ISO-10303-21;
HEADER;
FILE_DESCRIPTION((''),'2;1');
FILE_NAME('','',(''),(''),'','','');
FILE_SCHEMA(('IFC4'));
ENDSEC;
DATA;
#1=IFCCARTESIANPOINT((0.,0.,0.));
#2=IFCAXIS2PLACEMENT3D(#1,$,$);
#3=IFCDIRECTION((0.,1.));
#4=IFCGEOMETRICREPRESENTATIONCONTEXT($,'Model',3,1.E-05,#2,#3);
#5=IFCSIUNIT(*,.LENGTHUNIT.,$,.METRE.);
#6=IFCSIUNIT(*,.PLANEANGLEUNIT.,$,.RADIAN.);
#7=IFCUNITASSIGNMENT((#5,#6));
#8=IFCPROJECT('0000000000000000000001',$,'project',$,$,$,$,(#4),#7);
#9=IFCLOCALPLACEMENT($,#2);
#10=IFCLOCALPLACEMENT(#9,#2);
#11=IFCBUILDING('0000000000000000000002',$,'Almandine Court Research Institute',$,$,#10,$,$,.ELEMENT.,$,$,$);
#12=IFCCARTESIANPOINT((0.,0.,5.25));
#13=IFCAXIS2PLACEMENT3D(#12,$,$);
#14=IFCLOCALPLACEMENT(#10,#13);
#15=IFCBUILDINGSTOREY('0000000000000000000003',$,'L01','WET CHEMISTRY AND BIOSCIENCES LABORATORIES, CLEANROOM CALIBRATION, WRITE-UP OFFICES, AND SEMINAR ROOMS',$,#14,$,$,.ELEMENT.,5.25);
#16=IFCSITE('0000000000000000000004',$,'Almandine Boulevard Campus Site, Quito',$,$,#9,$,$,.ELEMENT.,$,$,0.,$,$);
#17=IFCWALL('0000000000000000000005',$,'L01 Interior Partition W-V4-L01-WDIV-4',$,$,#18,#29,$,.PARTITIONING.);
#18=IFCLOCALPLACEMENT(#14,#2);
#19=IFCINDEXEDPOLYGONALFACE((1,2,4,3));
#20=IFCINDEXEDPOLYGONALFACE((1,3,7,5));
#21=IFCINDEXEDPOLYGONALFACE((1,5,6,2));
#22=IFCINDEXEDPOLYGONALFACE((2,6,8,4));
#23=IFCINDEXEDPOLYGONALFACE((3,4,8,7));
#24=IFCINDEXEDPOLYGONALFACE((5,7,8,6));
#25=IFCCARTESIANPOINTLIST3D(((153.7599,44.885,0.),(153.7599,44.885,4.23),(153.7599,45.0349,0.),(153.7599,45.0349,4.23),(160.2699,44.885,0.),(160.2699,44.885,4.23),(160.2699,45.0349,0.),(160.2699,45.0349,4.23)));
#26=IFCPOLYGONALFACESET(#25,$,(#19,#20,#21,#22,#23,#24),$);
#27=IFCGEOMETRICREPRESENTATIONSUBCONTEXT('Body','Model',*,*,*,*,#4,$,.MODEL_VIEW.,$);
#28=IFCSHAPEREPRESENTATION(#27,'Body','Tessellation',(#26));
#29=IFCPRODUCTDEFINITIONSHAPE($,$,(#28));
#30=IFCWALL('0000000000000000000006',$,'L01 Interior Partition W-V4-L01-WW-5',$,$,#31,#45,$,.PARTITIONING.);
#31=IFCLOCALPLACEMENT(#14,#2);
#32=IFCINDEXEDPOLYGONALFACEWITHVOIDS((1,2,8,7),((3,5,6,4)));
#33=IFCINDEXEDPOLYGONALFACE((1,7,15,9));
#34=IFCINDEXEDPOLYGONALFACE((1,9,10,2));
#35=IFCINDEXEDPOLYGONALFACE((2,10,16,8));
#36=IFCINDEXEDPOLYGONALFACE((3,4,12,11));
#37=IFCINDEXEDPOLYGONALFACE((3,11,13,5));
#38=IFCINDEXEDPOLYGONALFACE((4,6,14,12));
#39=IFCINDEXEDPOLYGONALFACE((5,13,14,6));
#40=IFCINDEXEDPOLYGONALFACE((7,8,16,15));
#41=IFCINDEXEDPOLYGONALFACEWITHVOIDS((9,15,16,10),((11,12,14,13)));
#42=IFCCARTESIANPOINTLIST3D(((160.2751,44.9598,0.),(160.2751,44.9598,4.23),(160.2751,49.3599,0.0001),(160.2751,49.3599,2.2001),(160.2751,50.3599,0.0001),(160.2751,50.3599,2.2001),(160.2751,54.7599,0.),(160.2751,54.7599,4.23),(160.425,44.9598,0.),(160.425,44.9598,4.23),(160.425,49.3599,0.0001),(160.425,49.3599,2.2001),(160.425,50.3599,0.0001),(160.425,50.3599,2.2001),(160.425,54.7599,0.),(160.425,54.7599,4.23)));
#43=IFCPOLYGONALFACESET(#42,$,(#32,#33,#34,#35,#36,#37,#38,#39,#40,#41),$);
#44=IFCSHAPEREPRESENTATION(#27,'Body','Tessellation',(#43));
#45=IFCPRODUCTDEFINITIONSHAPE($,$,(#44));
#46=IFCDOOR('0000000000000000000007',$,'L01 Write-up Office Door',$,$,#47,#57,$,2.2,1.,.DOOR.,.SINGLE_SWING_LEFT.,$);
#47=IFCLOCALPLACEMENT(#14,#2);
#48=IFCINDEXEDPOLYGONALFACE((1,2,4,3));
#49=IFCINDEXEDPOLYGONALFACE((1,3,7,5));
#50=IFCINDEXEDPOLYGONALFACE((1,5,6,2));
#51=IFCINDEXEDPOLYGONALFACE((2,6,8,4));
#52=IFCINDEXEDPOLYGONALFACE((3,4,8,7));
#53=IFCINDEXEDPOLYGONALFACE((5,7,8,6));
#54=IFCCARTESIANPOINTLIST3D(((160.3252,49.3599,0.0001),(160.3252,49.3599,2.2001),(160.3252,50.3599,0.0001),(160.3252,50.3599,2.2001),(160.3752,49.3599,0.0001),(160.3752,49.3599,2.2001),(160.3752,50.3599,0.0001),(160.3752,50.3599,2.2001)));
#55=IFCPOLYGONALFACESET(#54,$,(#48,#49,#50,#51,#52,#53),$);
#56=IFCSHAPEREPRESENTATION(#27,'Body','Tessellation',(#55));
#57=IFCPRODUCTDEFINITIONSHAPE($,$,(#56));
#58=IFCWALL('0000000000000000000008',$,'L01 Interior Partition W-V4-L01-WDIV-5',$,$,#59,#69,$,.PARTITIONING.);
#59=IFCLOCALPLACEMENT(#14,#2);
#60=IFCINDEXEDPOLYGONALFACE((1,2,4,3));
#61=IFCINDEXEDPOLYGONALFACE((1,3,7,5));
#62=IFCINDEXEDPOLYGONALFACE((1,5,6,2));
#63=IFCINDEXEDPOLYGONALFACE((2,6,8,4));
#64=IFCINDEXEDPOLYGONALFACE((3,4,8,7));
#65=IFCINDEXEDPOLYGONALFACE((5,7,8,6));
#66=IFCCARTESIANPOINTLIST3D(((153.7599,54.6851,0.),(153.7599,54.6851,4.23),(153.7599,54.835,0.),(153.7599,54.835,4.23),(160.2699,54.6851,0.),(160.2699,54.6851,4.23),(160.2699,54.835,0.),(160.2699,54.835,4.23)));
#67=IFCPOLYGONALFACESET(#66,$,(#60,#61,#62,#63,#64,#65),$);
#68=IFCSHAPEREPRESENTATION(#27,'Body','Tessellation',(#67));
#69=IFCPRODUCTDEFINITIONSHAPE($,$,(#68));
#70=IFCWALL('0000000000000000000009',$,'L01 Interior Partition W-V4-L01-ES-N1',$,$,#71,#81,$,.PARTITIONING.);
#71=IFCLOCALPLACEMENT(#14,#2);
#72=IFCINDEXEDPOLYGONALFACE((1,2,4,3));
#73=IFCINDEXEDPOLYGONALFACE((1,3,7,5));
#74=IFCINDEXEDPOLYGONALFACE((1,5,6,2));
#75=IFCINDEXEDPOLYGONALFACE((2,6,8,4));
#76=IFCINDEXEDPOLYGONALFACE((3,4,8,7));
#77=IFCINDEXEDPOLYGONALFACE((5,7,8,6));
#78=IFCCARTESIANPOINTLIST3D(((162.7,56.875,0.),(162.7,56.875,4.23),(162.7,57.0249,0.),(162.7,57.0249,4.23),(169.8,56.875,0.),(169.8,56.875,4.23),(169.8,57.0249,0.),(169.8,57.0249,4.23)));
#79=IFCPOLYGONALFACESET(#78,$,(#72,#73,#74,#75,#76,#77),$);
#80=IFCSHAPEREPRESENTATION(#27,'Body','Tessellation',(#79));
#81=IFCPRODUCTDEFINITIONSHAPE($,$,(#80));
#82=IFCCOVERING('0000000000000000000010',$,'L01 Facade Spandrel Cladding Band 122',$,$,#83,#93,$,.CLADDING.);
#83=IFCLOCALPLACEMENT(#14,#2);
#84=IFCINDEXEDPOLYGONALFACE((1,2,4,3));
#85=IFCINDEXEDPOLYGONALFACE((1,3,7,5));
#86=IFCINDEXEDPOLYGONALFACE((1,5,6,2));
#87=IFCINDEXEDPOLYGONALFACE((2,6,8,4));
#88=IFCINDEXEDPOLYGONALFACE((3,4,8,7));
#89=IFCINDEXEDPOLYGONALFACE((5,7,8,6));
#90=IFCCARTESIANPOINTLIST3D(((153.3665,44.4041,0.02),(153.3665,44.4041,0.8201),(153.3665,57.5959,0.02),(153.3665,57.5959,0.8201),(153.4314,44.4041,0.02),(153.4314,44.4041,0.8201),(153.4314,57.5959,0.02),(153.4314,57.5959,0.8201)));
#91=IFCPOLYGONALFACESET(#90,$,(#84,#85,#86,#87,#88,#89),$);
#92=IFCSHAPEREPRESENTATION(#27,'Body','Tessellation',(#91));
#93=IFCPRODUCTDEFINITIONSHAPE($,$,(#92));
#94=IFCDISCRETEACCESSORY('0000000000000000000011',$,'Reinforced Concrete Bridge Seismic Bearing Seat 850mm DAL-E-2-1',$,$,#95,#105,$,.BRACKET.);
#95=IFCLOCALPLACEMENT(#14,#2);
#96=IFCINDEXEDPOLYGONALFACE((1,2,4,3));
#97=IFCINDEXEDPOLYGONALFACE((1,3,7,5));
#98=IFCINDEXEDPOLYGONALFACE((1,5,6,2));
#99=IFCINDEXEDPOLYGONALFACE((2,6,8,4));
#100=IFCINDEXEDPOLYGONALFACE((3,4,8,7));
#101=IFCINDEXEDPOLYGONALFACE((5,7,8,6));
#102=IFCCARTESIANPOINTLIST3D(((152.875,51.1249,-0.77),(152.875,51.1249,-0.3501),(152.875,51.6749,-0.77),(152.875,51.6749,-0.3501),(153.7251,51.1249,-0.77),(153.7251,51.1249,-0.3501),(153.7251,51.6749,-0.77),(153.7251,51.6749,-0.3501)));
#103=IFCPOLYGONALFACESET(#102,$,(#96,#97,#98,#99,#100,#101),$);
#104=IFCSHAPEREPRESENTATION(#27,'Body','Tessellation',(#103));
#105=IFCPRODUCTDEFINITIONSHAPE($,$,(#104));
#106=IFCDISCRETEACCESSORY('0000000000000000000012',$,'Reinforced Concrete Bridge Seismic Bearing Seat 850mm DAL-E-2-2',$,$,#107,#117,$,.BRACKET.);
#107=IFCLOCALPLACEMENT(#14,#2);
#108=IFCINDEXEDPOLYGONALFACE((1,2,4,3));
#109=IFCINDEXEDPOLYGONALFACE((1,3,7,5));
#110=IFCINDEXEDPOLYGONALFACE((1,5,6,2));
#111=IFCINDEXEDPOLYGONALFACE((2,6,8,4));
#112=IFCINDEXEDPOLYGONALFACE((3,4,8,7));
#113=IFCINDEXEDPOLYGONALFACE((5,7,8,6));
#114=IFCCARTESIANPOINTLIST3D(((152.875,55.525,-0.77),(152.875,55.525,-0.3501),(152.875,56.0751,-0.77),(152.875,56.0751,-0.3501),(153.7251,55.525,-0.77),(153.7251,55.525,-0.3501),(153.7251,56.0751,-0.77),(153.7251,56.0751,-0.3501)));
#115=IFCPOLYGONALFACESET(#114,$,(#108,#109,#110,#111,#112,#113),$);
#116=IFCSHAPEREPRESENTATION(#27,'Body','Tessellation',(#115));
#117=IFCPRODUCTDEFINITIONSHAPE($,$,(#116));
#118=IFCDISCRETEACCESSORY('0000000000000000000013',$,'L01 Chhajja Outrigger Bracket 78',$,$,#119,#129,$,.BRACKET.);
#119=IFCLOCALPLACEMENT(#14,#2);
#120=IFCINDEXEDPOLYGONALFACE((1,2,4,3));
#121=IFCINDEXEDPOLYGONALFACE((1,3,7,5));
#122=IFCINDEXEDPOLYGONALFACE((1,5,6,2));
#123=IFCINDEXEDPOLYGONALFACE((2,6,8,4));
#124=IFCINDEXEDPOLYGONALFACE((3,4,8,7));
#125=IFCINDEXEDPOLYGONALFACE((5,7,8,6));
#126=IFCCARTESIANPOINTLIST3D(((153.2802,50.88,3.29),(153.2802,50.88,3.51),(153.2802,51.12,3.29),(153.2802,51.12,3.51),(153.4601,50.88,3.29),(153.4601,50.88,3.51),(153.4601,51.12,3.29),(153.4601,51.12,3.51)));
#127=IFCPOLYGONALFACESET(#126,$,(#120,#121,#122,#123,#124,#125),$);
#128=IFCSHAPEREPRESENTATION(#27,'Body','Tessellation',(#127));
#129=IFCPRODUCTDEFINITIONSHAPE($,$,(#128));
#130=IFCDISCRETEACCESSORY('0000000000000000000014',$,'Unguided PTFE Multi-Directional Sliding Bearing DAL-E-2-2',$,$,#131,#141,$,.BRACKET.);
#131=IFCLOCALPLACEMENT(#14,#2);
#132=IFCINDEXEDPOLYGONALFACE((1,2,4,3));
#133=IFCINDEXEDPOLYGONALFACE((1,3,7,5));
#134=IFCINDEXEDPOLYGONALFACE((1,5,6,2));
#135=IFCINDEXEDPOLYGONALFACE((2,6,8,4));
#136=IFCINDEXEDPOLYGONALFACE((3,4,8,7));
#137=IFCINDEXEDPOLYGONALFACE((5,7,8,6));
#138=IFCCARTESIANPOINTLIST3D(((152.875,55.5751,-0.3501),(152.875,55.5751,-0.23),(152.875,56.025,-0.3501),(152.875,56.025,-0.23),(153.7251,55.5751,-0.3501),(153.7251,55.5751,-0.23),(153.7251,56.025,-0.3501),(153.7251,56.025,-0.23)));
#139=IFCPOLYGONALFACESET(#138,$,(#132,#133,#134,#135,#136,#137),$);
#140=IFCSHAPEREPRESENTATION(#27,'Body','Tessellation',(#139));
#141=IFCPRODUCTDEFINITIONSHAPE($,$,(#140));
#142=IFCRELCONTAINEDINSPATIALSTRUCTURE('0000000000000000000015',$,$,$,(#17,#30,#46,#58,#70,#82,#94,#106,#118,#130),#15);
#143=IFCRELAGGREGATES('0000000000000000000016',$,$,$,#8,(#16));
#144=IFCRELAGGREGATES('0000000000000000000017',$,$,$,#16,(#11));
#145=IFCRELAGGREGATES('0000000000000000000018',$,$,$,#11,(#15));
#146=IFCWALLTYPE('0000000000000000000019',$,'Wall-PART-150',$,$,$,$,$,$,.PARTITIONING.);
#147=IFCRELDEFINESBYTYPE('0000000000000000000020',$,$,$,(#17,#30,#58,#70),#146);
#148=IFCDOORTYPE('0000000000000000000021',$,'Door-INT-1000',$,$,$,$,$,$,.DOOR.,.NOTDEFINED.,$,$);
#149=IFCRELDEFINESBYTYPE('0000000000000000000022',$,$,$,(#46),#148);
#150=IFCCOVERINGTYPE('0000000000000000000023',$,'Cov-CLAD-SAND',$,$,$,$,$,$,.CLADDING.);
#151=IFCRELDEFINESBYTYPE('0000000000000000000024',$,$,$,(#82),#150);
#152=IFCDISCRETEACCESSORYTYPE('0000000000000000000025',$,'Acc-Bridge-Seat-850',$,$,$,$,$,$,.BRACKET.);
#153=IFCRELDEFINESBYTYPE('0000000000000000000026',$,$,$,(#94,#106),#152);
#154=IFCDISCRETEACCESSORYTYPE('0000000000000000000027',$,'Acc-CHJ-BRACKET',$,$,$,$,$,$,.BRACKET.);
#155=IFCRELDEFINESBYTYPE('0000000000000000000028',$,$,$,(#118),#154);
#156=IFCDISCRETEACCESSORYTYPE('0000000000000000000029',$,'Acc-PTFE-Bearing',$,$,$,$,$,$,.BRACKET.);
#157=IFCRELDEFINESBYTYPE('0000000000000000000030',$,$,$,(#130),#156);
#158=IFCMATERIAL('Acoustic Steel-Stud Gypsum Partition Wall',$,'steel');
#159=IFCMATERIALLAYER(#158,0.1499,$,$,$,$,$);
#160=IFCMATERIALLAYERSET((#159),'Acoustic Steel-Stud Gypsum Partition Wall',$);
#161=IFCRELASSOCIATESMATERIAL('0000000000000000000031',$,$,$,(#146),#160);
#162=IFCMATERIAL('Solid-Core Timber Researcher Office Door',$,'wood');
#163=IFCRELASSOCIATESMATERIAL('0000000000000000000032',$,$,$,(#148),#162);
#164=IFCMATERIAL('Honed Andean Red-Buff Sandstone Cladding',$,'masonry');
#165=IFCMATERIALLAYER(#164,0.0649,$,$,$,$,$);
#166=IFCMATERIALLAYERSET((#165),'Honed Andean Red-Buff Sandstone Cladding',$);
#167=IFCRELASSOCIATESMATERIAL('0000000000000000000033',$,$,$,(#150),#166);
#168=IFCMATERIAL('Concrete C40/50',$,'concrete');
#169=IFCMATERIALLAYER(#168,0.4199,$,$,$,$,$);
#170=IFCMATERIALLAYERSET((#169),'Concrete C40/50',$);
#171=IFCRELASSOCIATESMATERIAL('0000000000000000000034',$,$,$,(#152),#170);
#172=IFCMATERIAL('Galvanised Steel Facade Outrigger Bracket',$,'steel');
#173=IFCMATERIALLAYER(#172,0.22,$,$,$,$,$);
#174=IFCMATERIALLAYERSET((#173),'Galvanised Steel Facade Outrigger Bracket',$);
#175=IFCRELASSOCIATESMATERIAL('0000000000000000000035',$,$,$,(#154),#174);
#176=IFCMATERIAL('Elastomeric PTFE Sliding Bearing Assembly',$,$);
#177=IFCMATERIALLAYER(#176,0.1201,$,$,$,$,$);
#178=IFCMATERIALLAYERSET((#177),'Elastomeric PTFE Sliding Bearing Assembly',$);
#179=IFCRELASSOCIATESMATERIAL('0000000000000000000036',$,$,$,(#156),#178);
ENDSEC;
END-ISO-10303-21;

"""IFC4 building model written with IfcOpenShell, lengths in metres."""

from ifc_helpers import new_model, si_unit, direction, frame, frame_2d, origin, origin_2d, place, context, subcontext, project, spatial, rectangle, extrude, material, layer, layer_set, type_object, element, fill, save


model = new_model("IFC4")

# Units and contexts
model_context = context("Model", 3, precision=1e-05, world=origin(), true_north=direction((0.0, 1.0)))
body_context = subcontext(model_context, "Body", "Model", "MODEL_VIEW")
ifc_project = project(units=[si_unit("LENGTHUNIT", "METRE"), si_unit("PLANEANGLEUNIT", "RADIAN")], contexts=[model_context])

# Site, building, storey
site_placement = place(None, origin())
site = spatial("IfcSite", under=ifc_project, at=site_placement, Name="Almandine Boulevard Campus Site, Quito", CompositionType="ELEMENT", RefElevation=0.0)
building_placement = place(site_placement, origin())
building = spatial("IfcBuilding", under=site, at=building_placement, Name="Almandine Court Research Institute", CompositionType="ELEMENT")
storey_placement = place(building_placement, frame((0.0, 0.0, 5.25)))
storey = spatial("IfcBuildingStorey", under=building, at=storey_placement, Name="L01", Description="WET CHEMISTRY AND BIOSCIENCES LABORATORIES, CLEANROOM CALIBRATION, WRITE-UP OFFICES, AND SEMINAR ROOMS", CompositionType="ELEMENT", Elevation=5.25)

# Wall
ifc_material_1 = material(Name="Acoustic Steel-Stud Gypsum Partition Wall", Category="steel")
ifc_layer_1 = layer(ifc_material_1, 0.1499)
ifc_layer_set_1 = layer_set([ifc_layer_1], Name="Acoustic Steel-Stud Gypsum Partition Wall")
wall_type_1 = type_object("IfcWallType", Name="Wall-PART-150", PredefinedType="PARTITIONING", material=ifc_layer_set_1)
wall_1_placement = place(storey_placement, frame((153.76, 44.96, 0.0), z_axis=(0.0, 0.0, 1.0), x_axis=(1.0, 0.0, 0.0)))
element("IfcWall", 1, at=wall_1_placement, inside=storey, type_object=wall_type_1, Name="L01 Interior Partition W-V4-L01-WDIV-4", PredefinedType="PARTITIONING", context=body_context, shape_type="SweptSolid", body=[
    extrude(rectangle(XDim=6.51, YDim=0.1499, at=frame_2d((3.2549, 0.0))), origin(), (0.0, 0.0, 1.0), 4.23),
])

# Wall, opening, door
wall_2_placement = place(storey_placement, frame((160.3501, 44.96, 0.0), z_axis=(0.0, 0.0, 1.0), x_axis=(0.0, 1.0, 0.0)))
wall_2 = element("IfcWall", 2, at=wall_2_placement, inside=storey, type_object=wall_type_1, Name="L01 Interior Partition W-V4-L01-WW-5", PredefinedType="PARTITIONING", context=body_context, shape_type="SweptSolid", body=[
    extrude(rectangle(XDim=9.8, YDim=0.1499, at=frame_2d((4.8999, 0.0))), origin(), (0.0, 0.0, 1.0), 4.23),
])
opening_1_placement = place(wall_2_placement, frame((4.3999, 0.0, 0.0)))
opening_1 = element("IfcOpeningElement", 3, at=opening_1_placement, cuts=wall_2, PredefinedType="OPENING", context=body_context, shape_type="SweptSolid", body=[
    extrude(rectangle(XDim=1.0, YDim=2.2, at=frame_2d((0.5, 1.1001))), frame((0.0, 0.085, 0.0), z_axis=(0.0, -1.0, 0.0), x_axis=(1.0, 0.0, 0.0)), (0.0, 0.0, 1.0), 0.1699),
])
ifc_material_2 = material(Name="Solid-Core Timber Researcher Office Door", Category="wood")
door_type_1 = type_object("IfcDoorType", Name="Door-INT-1000", OperationType="NOTDEFINED", PredefinedType="DOOR", material=ifc_material_2)
door_1_placement = place(opening_1_placement, origin())
door_1 = element("IfcDoor", 4, at=door_1_placement, inside=storey, type_object=door_type_1, Name="L01 Write-up Office Door", OperationType="SINGLE_SWING_LEFT", OverallHeight=2.2, OverallWidth=1.0, PredefinedType="DOOR", context=body_context, shape_type="SweptSolid", body=[
    extrude(rectangle(XDim=1.0, YDim=2.2, at=frame_2d((0.5, 1.1001))), frame((0.0, 0.0249, 0.0), z_axis=(0.0, -1.0, 0.0), x_axis=(1.0, 0.0, 0.0)), (0.0, 0.0, 1.0), 0.05),
])
fill(opening_1, door_1)

# Walls
wall_3_placement = place(storey_placement, frame((153.76, 54.76, 0.0), z_axis=(0.0, 0.0, 1.0), x_axis=(1.0, 0.0, 0.0)))
element("IfcWall", 5, at=wall_3_placement, inside=storey, type_object=wall_type_1, Name="L01 Interior Partition W-V4-L01-WDIV-5", PredefinedType="PARTITIONING", context=body_context, shape_type="SweptSolid", body=[
    extrude(rectangle(XDim=6.51, YDim=0.1499, at=frame_2d((3.2549, 0.0))), origin(), (0.0, 0.0, 1.0), 4.23),
])
wall_4_placement = place(storey_placement, frame((162.7, 56.95, 0.0), z_axis=(0.0, 0.0, 1.0), x_axis=(1.0, 0.0, 0.0)))
element("IfcWall", 6, at=wall_4_placement, inside=storey, type_object=wall_type_1, Name="L01 Interior Partition W-V4-L01-ES-N1", PredefinedType="PARTITIONING", context=body_context, shape_type="SweptSolid", body=[
    extrude(rectangle(XDim=7.1001, YDim=0.1499, at=frame_2d((3.55, 0.0))), origin(), (0.0, 0.0, 1.0), 4.23),
])

# Covering
ifc_material_3 = material(Name="Honed Andean Red-Buff Sandstone Cladding", Category="masonry")
ifc_layer_2 = layer(ifc_material_3, 0.0649)
ifc_layer_set_2 = layer_set([ifc_layer_2], Name="Honed Andean Red-Buff Sandstone Cladding")
covering_type = type_object("IfcCoveringType", Name="Cov-CLAD-SAND", PredefinedType="CLADDING", material=ifc_layer_set_2)
covering_placement = place(storey_placement, frame((153.3989, 51.0, 0.02), z_axis=(0.0, 0.0, 1.0), x_axis=(0.0, 1.0, 0.0)))
element("IfcCovering", 7, at=covering_placement, inside=storey, type_object=covering_type, Name="L01 Facade Spandrel Cladding Band 122", PredefinedType="CLADDING", context=body_context, shape_type="SweptSolid", body=[
    extrude(rectangle(XDim=13.1919, YDim=0.0649, at=origin_2d()), origin(), (0.0, 0.0, 1.0), 0.8),
])

# Discrete accessories
ifc_material_4 = material(Name="Concrete C40/50", Category="concrete")
ifc_layer_3 = layer(ifc_material_4, 0.4199)
ifc_layer_set_3 = layer_set([ifc_layer_3], Name="Concrete C40/50")
discrete_accessory_type_1 = type_object("IfcDiscreteAccessoryType", Name="Acc-Bridge-Seat-850", PredefinedType="BRACKET", material=ifc_layer_set_3)
for number, where, z_axis, x_axis, name in (
    (8, (153.3, 51.3999, -0.77), (0.0, 0.0, 1.0), (1.0, 0.0, 0.0), "Reinforced Concrete Bridge Seismic Bearing Seat 850mm DAL-E-2-1"),
    (9, (153.3, 55.8, -0.77), (0.0, 0.0, 1.0), (1.0, 0.0, 0.0), "Reinforced Concrete Bridge Seismic Bearing Seat 850mm DAL-E-2-2"),
):
    element("IfcDiscreteAccessory", number, at=place(storey_placement, frame(where, z_axis=z_axis, x_axis=x_axis)), inside=storey, type_object=discrete_accessory_type_1, Name=name, PredefinedType="BRACKET", context=body_context, shape_type="SweptSolid", body=[
        extrude(rectangle(XDim=0.8501, YDim=0.55, at=origin_2d()), origin(), (0.0, 0.0, 1.0), 0.4199),
    ])
ifc_material_5 = material(Name="Galvanised Steel Facade Outrigger Bracket", Category="steel")
ifc_layer_4 = layer(ifc_material_5, 0.22)
ifc_layer_set_4 = layer_set([ifc_layer_4], Name="Galvanised Steel Facade Outrigger Bracket")
discrete_accessory_type_2 = type_object("IfcDiscreteAccessoryType", Name="Acc-CHJ-BRACKET", PredefinedType="BRACKET", material=ifc_layer_set_4)
discrete_accessory_1_placement = place(storey_placement, frame((153.3701, 51.0, 3.29), z_axis=(0.0, 0.0, 1.0), x_axis=(0.0, 1.0, 0.0)))
element("IfcDiscreteAccessory", 10, at=discrete_accessory_1_placement, inside=storey, type_object=discrete_accessory_type_2, Name="L01 Chhajja Outrigger Bracket 78", PredefinedType="BRACKET", context=body_context, shape_type="SweptSolid", body=[
    extrude(rectangle(XDim=0.24, YDim=0.1799, at=origin_2d()), origin(), (0.0, 0.0, 1.0), 0.22),
])
ifc_material_6 = material(Name="Elastomeric PTFE Sliding Bearing Assembly")
ifc_layer_5 = layer(ifc_material_6, 0.1201)
ifc_layer_set_5 = layer_set([ifc_layer_5], Name="Elastomeric PTFE Sliding Bearing Assembly")
discrete_accessory_type_3 = type_object("IfcDiscreteAccessoryType", Name="Acc-PTFE-Bearing", PredefinedType="BRACKET", material=ifc_layer_set_5)
discrete_accessory_2_placement = place(storey_placement, frame((153.3, 55.8, -0.3501), z_axis=(0.0, 0.0, 1.0), x_axis=(1.0, 0.0, 0.0)))
element("IfcDiscreteAccessory", 11, at=discrete_accessory_2_placement, inside=storey, type_object=discrete_accessory_type_3, Name="Unguided PTFE Multi-Directional Sliding Bearing DAL-E-2-2", PredefinedType="BRACKET", context=body_context, shape_type="SweptSolid", body=[
    extrude(rectangle(XDim=0.8501, YDim=0.45, at=origin_2d()), origin(), (0.0, 0.0, 1.0), 0.1201),
])

save(model, "model.ifc")
